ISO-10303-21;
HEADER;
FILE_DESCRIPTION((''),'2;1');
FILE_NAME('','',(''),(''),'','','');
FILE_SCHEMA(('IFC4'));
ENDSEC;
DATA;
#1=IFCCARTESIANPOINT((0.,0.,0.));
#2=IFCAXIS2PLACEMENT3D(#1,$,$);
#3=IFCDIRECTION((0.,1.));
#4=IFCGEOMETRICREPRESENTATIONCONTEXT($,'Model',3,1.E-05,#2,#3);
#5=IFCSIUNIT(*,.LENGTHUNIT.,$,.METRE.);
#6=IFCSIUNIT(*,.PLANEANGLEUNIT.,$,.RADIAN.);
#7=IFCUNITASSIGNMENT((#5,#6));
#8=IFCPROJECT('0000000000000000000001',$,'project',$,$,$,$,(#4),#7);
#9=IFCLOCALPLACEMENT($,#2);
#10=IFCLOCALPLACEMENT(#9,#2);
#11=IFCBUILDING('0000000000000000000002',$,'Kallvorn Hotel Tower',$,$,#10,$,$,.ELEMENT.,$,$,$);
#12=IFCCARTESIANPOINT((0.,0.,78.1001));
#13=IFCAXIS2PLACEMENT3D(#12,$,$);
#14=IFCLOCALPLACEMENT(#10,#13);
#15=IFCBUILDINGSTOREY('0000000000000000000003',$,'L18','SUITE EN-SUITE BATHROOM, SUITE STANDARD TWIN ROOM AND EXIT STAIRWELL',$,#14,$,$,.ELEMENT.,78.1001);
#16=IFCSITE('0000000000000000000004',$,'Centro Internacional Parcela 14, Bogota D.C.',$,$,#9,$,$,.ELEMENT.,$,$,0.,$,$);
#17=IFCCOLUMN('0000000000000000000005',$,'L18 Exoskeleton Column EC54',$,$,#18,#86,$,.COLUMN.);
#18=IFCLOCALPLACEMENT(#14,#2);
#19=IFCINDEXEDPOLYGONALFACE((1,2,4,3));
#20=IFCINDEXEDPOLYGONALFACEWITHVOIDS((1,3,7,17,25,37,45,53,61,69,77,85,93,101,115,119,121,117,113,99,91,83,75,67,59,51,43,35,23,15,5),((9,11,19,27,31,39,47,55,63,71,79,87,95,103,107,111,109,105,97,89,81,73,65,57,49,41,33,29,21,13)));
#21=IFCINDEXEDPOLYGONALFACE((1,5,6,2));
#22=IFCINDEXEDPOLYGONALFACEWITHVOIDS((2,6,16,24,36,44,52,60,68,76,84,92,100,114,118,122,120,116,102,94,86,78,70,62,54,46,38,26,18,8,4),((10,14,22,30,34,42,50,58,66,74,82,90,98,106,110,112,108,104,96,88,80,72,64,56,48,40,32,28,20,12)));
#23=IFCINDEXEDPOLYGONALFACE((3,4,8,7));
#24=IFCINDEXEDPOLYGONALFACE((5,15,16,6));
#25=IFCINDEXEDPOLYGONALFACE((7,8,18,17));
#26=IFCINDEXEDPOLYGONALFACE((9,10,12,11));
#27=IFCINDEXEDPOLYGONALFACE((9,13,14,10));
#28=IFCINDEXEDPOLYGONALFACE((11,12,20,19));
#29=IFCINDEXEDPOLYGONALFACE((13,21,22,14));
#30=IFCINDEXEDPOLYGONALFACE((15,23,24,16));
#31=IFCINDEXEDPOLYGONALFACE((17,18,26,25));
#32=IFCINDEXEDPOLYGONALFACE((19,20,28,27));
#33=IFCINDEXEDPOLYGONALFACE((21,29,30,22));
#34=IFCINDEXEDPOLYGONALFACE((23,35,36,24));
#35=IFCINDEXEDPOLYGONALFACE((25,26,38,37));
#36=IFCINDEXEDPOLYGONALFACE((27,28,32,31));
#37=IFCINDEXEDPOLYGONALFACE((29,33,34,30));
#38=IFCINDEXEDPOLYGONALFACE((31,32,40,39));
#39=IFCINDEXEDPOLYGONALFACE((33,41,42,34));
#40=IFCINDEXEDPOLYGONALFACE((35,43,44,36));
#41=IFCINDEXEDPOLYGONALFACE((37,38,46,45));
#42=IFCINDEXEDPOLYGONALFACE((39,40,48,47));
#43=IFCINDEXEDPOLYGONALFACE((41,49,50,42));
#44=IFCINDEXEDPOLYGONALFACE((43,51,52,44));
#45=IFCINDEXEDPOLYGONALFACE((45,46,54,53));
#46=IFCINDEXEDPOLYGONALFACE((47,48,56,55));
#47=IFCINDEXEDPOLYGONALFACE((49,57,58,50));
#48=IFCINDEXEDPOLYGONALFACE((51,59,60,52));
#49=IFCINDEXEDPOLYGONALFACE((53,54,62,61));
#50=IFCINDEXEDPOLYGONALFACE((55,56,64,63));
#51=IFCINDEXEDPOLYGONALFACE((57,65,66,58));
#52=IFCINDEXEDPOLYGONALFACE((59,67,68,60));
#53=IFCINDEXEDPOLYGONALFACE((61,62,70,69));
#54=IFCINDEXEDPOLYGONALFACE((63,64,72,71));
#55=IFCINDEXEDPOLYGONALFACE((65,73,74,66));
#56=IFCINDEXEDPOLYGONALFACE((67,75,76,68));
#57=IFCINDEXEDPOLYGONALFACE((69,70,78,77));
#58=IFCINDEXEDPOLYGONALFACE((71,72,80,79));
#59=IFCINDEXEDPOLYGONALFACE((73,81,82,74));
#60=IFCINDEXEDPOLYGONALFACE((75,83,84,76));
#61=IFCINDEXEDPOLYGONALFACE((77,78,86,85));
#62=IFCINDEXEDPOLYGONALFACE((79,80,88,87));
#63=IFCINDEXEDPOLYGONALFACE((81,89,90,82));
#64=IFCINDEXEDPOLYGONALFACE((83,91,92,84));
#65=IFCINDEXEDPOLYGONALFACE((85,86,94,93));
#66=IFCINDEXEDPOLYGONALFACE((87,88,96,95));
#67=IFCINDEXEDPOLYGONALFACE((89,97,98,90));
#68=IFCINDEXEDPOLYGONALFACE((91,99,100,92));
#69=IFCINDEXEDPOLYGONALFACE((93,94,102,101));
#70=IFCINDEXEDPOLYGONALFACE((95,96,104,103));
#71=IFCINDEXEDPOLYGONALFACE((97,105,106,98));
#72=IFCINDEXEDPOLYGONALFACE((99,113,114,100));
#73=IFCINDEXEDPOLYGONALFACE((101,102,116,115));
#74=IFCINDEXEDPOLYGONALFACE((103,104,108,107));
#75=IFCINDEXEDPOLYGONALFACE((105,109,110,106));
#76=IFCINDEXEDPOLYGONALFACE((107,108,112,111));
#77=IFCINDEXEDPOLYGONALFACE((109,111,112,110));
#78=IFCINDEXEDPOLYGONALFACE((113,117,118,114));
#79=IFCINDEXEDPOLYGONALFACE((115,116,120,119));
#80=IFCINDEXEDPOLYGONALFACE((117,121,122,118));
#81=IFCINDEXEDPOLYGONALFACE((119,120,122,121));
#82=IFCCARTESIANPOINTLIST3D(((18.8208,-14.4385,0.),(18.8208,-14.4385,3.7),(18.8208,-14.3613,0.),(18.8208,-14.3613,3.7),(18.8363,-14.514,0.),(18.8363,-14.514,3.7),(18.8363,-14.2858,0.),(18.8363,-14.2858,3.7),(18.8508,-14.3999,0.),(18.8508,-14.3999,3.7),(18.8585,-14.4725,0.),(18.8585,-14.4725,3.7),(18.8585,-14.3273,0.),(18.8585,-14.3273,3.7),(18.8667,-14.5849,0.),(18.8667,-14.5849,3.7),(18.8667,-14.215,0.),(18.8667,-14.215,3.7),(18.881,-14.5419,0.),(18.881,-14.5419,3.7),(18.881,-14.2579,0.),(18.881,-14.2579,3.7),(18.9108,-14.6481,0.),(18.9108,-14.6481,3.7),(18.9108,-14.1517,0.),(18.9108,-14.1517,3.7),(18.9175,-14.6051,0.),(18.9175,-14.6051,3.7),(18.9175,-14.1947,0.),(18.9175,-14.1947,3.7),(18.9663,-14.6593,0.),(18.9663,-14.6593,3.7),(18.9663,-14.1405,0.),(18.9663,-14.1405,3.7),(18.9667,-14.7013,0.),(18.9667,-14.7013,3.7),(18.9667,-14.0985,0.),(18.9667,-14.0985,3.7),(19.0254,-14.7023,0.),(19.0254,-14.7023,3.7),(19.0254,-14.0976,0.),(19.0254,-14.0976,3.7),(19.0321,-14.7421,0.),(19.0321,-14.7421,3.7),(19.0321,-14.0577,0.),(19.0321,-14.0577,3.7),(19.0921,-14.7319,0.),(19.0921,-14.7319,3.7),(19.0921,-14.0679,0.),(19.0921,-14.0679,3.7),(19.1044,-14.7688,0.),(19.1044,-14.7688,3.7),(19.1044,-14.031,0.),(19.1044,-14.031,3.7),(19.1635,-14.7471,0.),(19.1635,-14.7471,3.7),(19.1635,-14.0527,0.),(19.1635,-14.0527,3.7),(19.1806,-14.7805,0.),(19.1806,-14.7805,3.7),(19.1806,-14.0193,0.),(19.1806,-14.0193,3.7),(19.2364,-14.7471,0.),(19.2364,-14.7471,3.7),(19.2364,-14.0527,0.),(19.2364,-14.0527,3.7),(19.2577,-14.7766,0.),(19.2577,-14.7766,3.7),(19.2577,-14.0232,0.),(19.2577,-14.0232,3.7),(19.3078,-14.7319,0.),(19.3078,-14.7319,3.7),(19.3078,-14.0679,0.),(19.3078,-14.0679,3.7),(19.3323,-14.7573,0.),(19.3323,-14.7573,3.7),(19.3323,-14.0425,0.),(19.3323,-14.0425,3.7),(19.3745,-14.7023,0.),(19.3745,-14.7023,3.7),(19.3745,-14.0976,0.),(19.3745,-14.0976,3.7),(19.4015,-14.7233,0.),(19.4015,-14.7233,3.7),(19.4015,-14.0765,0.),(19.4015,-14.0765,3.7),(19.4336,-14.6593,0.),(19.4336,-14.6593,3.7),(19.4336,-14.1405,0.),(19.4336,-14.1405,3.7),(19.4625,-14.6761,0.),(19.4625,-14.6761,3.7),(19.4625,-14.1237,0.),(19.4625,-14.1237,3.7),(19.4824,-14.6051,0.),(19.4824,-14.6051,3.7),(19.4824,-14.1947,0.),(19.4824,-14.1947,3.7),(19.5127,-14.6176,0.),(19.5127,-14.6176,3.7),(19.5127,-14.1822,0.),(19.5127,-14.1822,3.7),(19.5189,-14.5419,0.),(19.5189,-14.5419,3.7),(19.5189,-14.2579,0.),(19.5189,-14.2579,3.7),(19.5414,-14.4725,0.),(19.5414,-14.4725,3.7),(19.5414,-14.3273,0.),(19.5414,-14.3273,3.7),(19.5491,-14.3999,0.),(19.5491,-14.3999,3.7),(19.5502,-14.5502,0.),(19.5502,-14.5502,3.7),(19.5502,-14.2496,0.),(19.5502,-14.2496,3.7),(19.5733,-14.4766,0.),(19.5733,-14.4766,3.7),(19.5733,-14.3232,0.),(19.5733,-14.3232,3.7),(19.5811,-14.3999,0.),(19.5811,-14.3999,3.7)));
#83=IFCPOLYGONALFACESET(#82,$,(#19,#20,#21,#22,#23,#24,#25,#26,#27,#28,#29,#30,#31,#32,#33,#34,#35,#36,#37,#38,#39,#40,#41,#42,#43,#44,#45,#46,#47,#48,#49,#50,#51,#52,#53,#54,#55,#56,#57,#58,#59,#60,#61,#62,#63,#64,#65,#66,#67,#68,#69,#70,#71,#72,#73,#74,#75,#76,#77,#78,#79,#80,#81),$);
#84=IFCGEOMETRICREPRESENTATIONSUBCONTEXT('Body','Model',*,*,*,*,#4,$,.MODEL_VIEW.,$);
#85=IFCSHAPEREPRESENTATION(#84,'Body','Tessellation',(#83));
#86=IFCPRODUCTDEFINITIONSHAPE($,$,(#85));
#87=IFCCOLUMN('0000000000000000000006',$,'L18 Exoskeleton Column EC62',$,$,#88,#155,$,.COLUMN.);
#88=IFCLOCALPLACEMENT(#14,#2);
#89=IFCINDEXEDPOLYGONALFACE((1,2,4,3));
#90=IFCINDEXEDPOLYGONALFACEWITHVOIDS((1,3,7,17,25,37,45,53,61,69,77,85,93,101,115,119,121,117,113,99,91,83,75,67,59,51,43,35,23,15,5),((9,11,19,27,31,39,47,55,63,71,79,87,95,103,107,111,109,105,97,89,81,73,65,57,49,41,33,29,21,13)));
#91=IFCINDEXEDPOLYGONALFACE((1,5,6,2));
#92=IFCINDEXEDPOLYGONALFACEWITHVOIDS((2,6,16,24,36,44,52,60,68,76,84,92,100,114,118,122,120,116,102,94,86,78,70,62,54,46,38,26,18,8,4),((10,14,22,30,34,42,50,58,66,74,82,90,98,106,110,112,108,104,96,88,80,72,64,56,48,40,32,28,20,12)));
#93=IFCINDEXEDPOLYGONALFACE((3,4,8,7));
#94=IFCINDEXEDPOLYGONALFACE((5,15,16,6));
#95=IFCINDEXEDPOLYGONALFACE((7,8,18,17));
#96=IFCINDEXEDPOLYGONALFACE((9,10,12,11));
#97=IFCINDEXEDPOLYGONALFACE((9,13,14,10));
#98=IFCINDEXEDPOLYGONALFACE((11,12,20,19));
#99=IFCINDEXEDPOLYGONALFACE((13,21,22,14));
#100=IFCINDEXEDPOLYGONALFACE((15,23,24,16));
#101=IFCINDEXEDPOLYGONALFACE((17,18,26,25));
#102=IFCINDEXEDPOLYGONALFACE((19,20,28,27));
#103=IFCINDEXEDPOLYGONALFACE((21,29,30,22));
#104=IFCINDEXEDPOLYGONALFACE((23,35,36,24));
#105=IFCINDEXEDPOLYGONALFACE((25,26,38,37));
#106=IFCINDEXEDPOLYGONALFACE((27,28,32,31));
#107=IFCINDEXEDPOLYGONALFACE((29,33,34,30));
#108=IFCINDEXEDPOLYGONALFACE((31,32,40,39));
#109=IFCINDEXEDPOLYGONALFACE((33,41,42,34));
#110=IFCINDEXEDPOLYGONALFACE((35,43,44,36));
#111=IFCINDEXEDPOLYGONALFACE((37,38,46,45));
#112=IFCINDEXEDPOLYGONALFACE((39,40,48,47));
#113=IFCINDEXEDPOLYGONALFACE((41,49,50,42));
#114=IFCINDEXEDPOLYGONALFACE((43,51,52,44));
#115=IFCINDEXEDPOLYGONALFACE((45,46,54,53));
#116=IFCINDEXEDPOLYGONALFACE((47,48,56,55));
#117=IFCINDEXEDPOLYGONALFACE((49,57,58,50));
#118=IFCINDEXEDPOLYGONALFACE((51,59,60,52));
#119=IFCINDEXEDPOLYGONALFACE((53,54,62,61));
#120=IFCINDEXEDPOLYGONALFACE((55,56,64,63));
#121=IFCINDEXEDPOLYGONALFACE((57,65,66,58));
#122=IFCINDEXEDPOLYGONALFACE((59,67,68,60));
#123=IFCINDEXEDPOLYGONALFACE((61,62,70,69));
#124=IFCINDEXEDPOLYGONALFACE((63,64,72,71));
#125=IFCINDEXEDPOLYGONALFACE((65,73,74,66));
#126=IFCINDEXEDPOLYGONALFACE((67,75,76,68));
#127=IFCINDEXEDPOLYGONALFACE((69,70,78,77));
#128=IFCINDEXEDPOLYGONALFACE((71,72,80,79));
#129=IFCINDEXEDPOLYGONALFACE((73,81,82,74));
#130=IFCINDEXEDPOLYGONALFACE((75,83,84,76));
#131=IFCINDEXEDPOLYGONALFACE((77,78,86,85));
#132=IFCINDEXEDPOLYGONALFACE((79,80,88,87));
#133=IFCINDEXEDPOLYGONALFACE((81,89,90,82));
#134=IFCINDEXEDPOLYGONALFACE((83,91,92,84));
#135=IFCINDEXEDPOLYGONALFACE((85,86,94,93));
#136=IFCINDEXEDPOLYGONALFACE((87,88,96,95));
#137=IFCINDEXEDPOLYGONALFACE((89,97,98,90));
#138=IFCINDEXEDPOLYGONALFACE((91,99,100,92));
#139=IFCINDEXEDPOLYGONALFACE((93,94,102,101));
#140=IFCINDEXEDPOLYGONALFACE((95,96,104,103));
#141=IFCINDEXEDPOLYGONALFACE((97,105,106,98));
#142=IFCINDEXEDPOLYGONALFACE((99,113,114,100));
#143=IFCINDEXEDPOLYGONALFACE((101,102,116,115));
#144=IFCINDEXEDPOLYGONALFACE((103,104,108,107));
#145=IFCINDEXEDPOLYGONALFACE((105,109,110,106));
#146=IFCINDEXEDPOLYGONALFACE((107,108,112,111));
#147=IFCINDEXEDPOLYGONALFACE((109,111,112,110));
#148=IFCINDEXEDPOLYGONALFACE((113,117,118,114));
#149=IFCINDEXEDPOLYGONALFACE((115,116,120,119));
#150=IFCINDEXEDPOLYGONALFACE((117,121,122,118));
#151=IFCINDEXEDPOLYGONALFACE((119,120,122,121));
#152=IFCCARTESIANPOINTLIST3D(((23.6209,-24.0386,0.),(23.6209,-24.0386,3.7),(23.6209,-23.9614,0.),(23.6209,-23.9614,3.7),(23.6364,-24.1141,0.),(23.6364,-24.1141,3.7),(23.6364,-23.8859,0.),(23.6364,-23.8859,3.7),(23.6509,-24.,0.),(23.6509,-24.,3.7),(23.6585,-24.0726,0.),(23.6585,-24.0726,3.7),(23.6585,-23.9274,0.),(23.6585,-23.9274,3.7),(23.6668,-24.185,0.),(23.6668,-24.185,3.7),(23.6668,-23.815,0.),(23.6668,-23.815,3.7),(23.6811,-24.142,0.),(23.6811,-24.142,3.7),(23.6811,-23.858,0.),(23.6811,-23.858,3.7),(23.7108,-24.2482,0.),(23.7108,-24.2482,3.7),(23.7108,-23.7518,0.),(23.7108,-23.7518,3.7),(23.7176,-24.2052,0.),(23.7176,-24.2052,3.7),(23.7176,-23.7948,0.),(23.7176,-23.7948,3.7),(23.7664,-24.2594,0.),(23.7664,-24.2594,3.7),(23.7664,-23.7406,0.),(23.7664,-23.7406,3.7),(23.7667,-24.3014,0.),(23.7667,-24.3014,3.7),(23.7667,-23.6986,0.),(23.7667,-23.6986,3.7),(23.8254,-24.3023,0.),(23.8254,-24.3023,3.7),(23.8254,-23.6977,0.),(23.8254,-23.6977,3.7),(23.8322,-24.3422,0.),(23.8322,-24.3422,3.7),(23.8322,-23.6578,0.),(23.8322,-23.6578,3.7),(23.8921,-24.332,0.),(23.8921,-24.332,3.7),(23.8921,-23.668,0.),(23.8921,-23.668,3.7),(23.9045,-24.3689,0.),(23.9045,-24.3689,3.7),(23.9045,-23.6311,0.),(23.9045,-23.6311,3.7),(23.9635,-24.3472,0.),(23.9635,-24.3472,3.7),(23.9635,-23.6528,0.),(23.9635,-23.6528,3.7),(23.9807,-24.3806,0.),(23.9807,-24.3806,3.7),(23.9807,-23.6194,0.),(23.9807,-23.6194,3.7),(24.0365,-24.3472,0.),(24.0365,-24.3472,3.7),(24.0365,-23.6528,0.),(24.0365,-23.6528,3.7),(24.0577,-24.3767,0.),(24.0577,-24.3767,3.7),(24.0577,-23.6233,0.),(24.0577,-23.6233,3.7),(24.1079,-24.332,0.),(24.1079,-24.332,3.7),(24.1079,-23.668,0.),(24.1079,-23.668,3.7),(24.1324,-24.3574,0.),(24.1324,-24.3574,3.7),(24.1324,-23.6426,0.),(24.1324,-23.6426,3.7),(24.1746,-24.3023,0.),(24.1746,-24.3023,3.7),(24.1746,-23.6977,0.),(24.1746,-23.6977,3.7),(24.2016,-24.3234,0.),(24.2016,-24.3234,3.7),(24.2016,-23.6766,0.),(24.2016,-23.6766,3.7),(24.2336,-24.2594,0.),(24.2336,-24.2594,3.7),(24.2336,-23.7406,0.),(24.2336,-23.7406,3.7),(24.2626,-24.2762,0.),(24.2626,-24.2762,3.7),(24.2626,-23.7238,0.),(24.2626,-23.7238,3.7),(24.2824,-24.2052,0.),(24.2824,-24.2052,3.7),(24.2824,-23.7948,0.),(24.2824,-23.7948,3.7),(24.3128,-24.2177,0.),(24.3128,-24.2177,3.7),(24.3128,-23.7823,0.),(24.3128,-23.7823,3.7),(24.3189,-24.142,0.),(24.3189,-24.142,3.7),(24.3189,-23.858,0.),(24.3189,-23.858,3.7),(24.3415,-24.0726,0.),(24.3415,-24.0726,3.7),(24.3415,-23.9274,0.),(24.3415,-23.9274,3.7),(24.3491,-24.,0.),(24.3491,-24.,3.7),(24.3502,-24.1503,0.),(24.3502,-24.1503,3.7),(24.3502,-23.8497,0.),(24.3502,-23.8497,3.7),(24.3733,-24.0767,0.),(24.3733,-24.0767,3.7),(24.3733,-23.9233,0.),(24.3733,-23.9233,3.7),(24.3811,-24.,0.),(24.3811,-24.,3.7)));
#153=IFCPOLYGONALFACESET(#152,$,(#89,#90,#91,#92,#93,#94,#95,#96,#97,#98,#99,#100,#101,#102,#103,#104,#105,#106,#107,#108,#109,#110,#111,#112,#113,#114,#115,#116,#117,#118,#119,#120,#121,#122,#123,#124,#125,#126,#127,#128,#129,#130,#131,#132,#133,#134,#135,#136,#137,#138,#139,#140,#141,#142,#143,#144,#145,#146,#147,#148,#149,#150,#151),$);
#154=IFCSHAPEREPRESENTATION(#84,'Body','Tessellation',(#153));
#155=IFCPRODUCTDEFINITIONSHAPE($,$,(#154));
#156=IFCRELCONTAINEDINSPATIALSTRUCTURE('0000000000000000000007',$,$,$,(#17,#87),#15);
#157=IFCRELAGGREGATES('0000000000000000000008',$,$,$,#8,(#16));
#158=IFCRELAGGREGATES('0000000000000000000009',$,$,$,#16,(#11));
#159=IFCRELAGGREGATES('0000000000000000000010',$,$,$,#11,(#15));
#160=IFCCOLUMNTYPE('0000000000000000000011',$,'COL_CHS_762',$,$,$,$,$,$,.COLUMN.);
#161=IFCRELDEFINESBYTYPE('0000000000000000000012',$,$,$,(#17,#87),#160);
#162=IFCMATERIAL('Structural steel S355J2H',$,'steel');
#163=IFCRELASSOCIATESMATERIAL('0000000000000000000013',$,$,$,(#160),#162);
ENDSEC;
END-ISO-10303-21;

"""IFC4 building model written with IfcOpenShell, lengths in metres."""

from ifc_helpers import new_model, si_unit, direction, frame, origin, origin_2d, place, context, subcontext, project, spatial, hollow_circle, extrude, material, material_profile, profile_set, type_object, element, save


model = new_model("IFC4")

# Units and contexts
model_context = context("Model", 3, precision=1e-05, world=origin(), true_north=direction((0.0, 1.0)))
body_context = subcontext(model_context, "Body", "Model", "MODEL_VIEW")
ifc_project = project(units=[si_unit("LENGTHUNIT", "METRE"), si_unit("PLANEANGLEUNIT", "RADIAN")], contexts=[model_context])

# Site, building, storey
site_placement = place(None, origin())
site = spatial("IfcSite", under=ifc_project, at=site_placement, Name="Centro Internacional Parcela 14, Bogota D.C.", CompositionType="ELEMENT", RefElevation=0.0)
building_placement = place(site_placement, origin())
building = spatial("IfcBuilding", under=site, at=building_placement, Name="Kallvorn Hotel Tower", CompositionType="ELEMENT")
storey_placement = place(building_placement, frame((0.0, 0.0, 78.1001)))
storey = spatial("IfcBuildingStorey", under=building, at=storey_placement, Name="L18", Description="SUITE EN-SUITE BATHROOM, SUITE STANDARD TWIN ROOM AND EXIT STAIRWELL", CompositionType="ELEMENT", Elevation=78.1001)

# Columns
ifc_material_1 = material(Name="Structural steel S355J2H", Category="steel")
ifc_material_profile_1 = material_profile(ifc_material_1, hollow_circle(Radius=0.3811, WallThickness=0.032, at=origin_2d()), Name="CHS 762x32")
ifc_profile_set_1 = profile_set([ifc_material_profile_1], Name="Structural steel S355J2H")
column_type = type_object("IfcColumnType", Name="COL_CHS_762", PredefinedType="COLUMN", material=ifc_profile_set_1)
for number, where, z_axis, x_axis, name in (
    (1, (19.2, -14.3999, 0.0), (0.0, 0.0, 1.0), (1.0, 0.0, 0.0), "L18 Exoskeleton Column EC54"),
    (2, (24.0, -24.0, 0.0), (0.0, 0.0, 1.0), (1.0, 0.0, 0.0), "L18 Exoskeleton Column EC62"),
):
    element("IfcColumn", number, at=place(storey_placement, frame(where, z_axis=z_axis, x_axis=x_axis)), inside=storey, type_object=column_type, Name=name, PredefinedType="COLUMN", context=body_context, shape_type="SweptSolid", body=[
        extrude(hollow_circle(Radius=0.3811, WallThickness=0.032, at=origin_2d()), origin(), (0.0, 0.0, 1.0), 3.7),
    ])

save(model, "model.ifc")
